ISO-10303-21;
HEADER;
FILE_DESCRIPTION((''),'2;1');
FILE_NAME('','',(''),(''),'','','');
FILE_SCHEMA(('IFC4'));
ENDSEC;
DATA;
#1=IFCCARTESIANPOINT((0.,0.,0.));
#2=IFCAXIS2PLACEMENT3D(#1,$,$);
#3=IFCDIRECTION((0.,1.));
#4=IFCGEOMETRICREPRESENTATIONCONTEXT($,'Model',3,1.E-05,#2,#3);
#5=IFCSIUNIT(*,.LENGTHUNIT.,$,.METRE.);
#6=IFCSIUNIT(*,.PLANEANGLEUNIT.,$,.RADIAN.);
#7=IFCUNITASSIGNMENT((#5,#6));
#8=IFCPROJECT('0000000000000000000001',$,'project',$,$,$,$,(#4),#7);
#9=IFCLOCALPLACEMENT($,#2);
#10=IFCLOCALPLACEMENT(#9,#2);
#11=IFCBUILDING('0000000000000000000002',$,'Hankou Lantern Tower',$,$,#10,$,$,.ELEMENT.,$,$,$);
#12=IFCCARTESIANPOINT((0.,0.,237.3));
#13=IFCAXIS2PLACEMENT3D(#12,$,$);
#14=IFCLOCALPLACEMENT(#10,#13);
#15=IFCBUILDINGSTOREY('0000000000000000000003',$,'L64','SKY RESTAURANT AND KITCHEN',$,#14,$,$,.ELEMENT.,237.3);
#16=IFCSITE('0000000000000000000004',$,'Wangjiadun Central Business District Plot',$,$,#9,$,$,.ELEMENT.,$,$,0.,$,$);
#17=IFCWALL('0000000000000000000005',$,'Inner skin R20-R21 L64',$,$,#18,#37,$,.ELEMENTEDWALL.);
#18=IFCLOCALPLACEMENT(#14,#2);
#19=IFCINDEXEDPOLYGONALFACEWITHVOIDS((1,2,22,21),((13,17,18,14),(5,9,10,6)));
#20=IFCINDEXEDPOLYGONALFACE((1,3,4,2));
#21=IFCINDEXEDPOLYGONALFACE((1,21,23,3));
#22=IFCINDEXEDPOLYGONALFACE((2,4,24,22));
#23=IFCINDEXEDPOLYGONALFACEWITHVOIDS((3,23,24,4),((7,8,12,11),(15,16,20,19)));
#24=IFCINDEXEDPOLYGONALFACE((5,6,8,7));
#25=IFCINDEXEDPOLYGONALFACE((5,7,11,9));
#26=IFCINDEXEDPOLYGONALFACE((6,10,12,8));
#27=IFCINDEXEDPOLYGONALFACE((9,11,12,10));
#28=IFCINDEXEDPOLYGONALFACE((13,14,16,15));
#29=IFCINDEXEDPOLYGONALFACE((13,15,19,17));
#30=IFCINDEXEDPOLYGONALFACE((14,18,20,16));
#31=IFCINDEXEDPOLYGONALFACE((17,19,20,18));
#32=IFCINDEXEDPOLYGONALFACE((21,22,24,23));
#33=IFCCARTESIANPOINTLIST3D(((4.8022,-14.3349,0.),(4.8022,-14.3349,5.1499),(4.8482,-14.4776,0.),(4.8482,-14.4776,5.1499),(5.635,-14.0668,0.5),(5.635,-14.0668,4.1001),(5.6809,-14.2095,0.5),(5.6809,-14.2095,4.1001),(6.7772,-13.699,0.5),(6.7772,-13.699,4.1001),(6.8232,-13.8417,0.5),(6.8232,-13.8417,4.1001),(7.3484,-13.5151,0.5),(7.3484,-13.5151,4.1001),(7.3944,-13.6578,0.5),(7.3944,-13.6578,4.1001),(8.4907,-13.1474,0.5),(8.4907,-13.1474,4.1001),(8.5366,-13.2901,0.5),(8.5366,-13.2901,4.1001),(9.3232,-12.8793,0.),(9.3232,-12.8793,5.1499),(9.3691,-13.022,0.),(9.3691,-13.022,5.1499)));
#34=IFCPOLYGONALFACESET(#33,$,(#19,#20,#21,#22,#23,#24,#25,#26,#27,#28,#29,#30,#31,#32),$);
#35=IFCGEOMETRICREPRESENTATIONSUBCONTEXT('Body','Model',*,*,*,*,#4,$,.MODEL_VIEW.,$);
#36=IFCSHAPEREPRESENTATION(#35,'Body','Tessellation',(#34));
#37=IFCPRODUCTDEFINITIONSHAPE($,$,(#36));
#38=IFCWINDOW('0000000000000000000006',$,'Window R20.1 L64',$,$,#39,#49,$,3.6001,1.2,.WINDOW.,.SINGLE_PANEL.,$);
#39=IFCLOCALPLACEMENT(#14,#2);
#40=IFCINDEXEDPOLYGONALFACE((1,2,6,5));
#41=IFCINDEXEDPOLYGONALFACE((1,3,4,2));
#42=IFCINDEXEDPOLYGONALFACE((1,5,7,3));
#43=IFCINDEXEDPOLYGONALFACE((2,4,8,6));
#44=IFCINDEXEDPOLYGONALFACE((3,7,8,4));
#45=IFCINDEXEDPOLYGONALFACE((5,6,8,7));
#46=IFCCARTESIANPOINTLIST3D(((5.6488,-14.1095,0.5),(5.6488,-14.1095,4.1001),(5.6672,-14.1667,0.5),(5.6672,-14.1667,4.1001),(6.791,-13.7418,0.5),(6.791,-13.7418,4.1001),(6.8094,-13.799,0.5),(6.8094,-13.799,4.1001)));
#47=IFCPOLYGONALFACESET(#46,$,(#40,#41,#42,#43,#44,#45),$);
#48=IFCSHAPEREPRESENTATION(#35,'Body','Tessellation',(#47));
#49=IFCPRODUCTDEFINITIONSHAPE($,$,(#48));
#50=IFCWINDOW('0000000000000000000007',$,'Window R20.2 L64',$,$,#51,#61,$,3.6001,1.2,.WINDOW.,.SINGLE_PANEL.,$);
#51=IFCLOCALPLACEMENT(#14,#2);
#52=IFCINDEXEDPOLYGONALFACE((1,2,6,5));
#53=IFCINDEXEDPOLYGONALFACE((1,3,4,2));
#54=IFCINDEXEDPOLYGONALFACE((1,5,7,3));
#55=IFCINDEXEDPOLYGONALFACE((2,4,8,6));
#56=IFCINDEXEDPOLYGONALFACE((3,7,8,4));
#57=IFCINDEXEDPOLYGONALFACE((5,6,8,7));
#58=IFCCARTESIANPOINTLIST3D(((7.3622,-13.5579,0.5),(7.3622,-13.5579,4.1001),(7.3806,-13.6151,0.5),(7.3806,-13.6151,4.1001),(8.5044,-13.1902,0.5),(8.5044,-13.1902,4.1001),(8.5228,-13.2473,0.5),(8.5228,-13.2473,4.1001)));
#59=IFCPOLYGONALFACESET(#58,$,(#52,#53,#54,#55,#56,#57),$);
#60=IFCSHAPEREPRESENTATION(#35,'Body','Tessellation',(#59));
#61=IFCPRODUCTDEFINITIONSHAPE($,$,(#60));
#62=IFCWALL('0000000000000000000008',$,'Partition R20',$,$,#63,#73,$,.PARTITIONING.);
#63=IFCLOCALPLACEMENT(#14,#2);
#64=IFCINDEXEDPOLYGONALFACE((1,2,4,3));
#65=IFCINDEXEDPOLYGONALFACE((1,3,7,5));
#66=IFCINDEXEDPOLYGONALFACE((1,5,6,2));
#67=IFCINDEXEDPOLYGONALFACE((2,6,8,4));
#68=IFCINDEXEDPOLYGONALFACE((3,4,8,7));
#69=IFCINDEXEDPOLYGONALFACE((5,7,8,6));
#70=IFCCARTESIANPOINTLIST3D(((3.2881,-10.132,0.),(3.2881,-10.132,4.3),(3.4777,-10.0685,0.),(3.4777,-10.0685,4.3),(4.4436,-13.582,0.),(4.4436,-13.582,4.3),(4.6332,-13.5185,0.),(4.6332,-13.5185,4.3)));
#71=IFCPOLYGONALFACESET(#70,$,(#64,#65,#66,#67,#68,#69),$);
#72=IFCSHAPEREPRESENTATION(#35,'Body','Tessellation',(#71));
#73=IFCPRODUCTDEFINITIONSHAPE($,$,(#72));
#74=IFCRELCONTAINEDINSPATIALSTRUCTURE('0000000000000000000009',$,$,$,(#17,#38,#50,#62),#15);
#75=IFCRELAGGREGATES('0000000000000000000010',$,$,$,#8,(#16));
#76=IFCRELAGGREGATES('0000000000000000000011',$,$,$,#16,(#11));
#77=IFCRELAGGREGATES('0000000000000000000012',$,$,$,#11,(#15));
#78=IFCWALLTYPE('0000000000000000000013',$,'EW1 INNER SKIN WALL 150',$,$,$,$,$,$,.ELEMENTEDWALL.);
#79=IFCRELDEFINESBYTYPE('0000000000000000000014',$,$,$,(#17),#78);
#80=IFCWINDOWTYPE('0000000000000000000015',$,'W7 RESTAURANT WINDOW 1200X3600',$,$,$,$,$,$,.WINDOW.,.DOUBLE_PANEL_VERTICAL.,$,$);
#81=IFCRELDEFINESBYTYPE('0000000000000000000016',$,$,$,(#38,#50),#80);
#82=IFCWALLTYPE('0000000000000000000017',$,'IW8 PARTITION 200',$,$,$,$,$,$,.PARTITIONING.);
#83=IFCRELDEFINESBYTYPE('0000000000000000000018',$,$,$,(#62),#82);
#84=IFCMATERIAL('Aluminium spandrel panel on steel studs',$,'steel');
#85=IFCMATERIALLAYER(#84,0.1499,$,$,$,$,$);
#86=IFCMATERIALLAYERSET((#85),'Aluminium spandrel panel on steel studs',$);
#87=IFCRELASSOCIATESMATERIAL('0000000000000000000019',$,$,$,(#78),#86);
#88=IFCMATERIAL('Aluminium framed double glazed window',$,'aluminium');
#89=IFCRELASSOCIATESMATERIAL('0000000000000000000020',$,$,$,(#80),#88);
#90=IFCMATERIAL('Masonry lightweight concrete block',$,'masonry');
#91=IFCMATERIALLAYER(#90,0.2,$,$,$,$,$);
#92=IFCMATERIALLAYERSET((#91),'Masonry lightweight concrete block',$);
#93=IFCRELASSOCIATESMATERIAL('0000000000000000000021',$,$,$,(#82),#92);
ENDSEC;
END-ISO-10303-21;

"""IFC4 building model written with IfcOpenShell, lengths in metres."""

from ifc_helpers import new_model, si_unit, direction, frame, frame_2d, origin, place, context, subcontext, project, spatial, rectangle, extrude, material, layer, layer_set, type_object, element, fill, save


model = new_model("IFC4")

# Units and contexts
model_context = context("Model", 3, precision=1e-05, world=origin(), true_north=direction((0.0, 1.0)))
body_context = subcontext(model_context, "Body", "Model", "MODEL_VIEW")
ifc_project = project(units=[si_unit("LENGTHUNIT", "METRE"), si_unit("PLANEANGLEUNIT", "RADIAN")], contexts=[model_context])

# Site, building, storey
site_placement = place(None, origin())
site = spatial("IfcSite", under=ifc_project, at=site_placement, Name="Wangjiadun Central Business District Plot", CompositionType="ELEMENT", RefElevation=0.0)
building_placement = place(site_placement, origin())
building = spatial("IfcBuilding", under=site, at=building_placement, Name="Hankou Lantern Tower", CompositionType="ELEMENT")
storey_placement = place(building_placement, frame((0.0, 0.0, 237.3)))
storey = spatial("IfcBuildingStorey", under=building, at=storey_placement, Name="L64", Description="SKY RESTAURANT AND KITCHEN", CompositionType="ELEMENT", Elevation=237.3)

# Wall, openings, windows
ifc_material_1 = material(Name="Aluminium spandrel panel on steel studs", Category="steel")
ifc_layer_1 = layer(ifc_material_1, 0.1499)
ifc_layer_set_1 = layer_set([ifc_layer_1], Name="Aluminium spandrel panel on steel studs")
wall_type_1 = type_object("IfcWallType", Name="EW1 INNER SKIN WALL 150", PredefinedType="ELEMENTEDWALL", material=ifc_layer_set_1)
ifc_material_2 = material(Name="Aluminium framed double glazed window", Category="aluminium")
window_type = type_object("IfcWindowType", Name="W7 RESTAURANT WINDOW 1200X3600", PartitioningType="DOUBLE_PANEL_VERTICAL", PredefinedType="WINDOW", material=ifc_material_2)
wall_1_placement = place(storey_placement, frame((4.8252, -14.4062, 0.0), z_axis=(0.0, 0.0, 1.0), x_axis=(0.951882, 0.306465, 0.0)))
wall_1 = element("IfcWall", 1, at=wall_1_placement, inside=storey, type_object=wall_type_1, Name="Inner skin R20-R21 L64", PredefinedType="ELEMENTEDWALL", context=body_context, shape_type="SweptSolid", body=[
    extrude(rectangle(XDim=4.7495, YDim=0.1499, at=frame_2d((2.3748, 0.0))), origin(), (0.0, 0.0, 1.0), 5.1499),
])
opening_1_placement = place(wall_1_placement, frame((0.8748, 0.0, 0.5)))
opening_1 = element("IfcOpeningElement", 2, at=opening_1_placement, cuts=wall_1, PredefinedType="OPENING", context=body_context, shape_type="SweptSolid", body=[
    extrude(rectangle(XDim=1.2, YDim=3.6001, at=frame_2d((0.6001, 1.8))), frame((0.0, 0.085, 0.0), z_axis=(0.0, -1.0, 0.0), x_axis=(1.0, 0.0, 0.0)), (0.0, 0.0, 1.0), 0.1699),
])
opening_2_placement = place(wall_1_placement, frame((2.6748, 0.0, 0.5)))
opening_2 = element("IfcOpeningElement", 3, at=opening_2_placement, cuts=wall_1, PredefinedType="OPENING", context=body_context, shape_type="SweptSolid", body=[
    extrude(rectangle(XDim=1.2, YDim=3.6001, at=frame_2d((0.6001, 1.8))), frame((0.0, 0.085, 0.0), z_axis=(0.0, -1.0, 0.0), x_axis=(1.0, 0.0, 0.0)), (0.0, 0.0, 1.0), 0.1699),
])
window_1_placement = place(opening_1_placement, origin())
window_1 = element("IfcWindow", 4, at=window_1_placement, inside=storey, type_object=window_type, Name="Window R20.1 L64", OverallHeight=3.6001, OverallWidth=1.2, PartitioningType="SINGLE_PANEL", PredefinedType="WINDOW", context=body_context, shape_type="SweptSolid", body=[
    extrude(rectangle(XDim=1.2, YDim=3.6001, at=frame_2d((0.6001, 1.8))), frame((0.0, 0.03, 0.0), z_axis=(0.0, -1.0, 0.0), x_axis=(1.0, 0.0, 0.0)), (0.0, 0.0, 1.0), 0.0601),
])
fill(opening_1, window_1)
window_2_placement = place(opening_2_placement, origin())
window_2 = element("IfcWindow", 5, at=window_2_placement, inside=storey, type_object=window_type, Name="Window R20.2 L64", OverallHeight=3.6001, OverallWidth=1.2, PartitioningType="SINGLE_PANEL", PredefinedType="WINDOW", context=body_context, shape_type="SweptSolid", body=[
    extrude(rectangle(XDim=1.2, YDim=3.6001, at=frame_2d((0.6001, 1.8))), frame((0.0, 0.03, 0.0), z_axis=(0.0, -1.0, 0.0), x_axis=(1.0, 0.0, 0.0)), (0.0, 0.0, 1.0), 0.0601),
])
fill(opening_2, window_2)

# Wall
ifc_material_3 = material(Name="Masonry lightweight concrete block", Category="masonry")
ifc_layer_2 = layer(ifc_material_3, 0.2)
ifc_layer_set_2 = layer_set([ifc_layer_2], Name="Masonry lightweight concrete block")
wall_type_2 = type_object("IfcWallType", Name="IW8 PARTITION 200", PredefinedType="PARTITIONING", material=ifc_layer_set_2)
wall_2_placement = place(storey_placement, frame((3.3828, -10.1001, 0.0), z_axis=(0.0, 0.0, 1.0), x_axis=(0.317596, -0.948226, 0.0)))
element("IfcWall", 6, at=wall_2_placement, inside=storey, type_object=wall_type_2, Name="Partition R20", PredefinedType="PARTITIONING", context=body_context, shape_type="SweptSolid", body=[
    extrude(rectangle(XDim=3.6384, YDim=0.2, at=frame_2d((1.8193, 0.0))), origin(), (0.0, 0.0, 1.0), 4.3),
])

save(model, "model.ifc")
